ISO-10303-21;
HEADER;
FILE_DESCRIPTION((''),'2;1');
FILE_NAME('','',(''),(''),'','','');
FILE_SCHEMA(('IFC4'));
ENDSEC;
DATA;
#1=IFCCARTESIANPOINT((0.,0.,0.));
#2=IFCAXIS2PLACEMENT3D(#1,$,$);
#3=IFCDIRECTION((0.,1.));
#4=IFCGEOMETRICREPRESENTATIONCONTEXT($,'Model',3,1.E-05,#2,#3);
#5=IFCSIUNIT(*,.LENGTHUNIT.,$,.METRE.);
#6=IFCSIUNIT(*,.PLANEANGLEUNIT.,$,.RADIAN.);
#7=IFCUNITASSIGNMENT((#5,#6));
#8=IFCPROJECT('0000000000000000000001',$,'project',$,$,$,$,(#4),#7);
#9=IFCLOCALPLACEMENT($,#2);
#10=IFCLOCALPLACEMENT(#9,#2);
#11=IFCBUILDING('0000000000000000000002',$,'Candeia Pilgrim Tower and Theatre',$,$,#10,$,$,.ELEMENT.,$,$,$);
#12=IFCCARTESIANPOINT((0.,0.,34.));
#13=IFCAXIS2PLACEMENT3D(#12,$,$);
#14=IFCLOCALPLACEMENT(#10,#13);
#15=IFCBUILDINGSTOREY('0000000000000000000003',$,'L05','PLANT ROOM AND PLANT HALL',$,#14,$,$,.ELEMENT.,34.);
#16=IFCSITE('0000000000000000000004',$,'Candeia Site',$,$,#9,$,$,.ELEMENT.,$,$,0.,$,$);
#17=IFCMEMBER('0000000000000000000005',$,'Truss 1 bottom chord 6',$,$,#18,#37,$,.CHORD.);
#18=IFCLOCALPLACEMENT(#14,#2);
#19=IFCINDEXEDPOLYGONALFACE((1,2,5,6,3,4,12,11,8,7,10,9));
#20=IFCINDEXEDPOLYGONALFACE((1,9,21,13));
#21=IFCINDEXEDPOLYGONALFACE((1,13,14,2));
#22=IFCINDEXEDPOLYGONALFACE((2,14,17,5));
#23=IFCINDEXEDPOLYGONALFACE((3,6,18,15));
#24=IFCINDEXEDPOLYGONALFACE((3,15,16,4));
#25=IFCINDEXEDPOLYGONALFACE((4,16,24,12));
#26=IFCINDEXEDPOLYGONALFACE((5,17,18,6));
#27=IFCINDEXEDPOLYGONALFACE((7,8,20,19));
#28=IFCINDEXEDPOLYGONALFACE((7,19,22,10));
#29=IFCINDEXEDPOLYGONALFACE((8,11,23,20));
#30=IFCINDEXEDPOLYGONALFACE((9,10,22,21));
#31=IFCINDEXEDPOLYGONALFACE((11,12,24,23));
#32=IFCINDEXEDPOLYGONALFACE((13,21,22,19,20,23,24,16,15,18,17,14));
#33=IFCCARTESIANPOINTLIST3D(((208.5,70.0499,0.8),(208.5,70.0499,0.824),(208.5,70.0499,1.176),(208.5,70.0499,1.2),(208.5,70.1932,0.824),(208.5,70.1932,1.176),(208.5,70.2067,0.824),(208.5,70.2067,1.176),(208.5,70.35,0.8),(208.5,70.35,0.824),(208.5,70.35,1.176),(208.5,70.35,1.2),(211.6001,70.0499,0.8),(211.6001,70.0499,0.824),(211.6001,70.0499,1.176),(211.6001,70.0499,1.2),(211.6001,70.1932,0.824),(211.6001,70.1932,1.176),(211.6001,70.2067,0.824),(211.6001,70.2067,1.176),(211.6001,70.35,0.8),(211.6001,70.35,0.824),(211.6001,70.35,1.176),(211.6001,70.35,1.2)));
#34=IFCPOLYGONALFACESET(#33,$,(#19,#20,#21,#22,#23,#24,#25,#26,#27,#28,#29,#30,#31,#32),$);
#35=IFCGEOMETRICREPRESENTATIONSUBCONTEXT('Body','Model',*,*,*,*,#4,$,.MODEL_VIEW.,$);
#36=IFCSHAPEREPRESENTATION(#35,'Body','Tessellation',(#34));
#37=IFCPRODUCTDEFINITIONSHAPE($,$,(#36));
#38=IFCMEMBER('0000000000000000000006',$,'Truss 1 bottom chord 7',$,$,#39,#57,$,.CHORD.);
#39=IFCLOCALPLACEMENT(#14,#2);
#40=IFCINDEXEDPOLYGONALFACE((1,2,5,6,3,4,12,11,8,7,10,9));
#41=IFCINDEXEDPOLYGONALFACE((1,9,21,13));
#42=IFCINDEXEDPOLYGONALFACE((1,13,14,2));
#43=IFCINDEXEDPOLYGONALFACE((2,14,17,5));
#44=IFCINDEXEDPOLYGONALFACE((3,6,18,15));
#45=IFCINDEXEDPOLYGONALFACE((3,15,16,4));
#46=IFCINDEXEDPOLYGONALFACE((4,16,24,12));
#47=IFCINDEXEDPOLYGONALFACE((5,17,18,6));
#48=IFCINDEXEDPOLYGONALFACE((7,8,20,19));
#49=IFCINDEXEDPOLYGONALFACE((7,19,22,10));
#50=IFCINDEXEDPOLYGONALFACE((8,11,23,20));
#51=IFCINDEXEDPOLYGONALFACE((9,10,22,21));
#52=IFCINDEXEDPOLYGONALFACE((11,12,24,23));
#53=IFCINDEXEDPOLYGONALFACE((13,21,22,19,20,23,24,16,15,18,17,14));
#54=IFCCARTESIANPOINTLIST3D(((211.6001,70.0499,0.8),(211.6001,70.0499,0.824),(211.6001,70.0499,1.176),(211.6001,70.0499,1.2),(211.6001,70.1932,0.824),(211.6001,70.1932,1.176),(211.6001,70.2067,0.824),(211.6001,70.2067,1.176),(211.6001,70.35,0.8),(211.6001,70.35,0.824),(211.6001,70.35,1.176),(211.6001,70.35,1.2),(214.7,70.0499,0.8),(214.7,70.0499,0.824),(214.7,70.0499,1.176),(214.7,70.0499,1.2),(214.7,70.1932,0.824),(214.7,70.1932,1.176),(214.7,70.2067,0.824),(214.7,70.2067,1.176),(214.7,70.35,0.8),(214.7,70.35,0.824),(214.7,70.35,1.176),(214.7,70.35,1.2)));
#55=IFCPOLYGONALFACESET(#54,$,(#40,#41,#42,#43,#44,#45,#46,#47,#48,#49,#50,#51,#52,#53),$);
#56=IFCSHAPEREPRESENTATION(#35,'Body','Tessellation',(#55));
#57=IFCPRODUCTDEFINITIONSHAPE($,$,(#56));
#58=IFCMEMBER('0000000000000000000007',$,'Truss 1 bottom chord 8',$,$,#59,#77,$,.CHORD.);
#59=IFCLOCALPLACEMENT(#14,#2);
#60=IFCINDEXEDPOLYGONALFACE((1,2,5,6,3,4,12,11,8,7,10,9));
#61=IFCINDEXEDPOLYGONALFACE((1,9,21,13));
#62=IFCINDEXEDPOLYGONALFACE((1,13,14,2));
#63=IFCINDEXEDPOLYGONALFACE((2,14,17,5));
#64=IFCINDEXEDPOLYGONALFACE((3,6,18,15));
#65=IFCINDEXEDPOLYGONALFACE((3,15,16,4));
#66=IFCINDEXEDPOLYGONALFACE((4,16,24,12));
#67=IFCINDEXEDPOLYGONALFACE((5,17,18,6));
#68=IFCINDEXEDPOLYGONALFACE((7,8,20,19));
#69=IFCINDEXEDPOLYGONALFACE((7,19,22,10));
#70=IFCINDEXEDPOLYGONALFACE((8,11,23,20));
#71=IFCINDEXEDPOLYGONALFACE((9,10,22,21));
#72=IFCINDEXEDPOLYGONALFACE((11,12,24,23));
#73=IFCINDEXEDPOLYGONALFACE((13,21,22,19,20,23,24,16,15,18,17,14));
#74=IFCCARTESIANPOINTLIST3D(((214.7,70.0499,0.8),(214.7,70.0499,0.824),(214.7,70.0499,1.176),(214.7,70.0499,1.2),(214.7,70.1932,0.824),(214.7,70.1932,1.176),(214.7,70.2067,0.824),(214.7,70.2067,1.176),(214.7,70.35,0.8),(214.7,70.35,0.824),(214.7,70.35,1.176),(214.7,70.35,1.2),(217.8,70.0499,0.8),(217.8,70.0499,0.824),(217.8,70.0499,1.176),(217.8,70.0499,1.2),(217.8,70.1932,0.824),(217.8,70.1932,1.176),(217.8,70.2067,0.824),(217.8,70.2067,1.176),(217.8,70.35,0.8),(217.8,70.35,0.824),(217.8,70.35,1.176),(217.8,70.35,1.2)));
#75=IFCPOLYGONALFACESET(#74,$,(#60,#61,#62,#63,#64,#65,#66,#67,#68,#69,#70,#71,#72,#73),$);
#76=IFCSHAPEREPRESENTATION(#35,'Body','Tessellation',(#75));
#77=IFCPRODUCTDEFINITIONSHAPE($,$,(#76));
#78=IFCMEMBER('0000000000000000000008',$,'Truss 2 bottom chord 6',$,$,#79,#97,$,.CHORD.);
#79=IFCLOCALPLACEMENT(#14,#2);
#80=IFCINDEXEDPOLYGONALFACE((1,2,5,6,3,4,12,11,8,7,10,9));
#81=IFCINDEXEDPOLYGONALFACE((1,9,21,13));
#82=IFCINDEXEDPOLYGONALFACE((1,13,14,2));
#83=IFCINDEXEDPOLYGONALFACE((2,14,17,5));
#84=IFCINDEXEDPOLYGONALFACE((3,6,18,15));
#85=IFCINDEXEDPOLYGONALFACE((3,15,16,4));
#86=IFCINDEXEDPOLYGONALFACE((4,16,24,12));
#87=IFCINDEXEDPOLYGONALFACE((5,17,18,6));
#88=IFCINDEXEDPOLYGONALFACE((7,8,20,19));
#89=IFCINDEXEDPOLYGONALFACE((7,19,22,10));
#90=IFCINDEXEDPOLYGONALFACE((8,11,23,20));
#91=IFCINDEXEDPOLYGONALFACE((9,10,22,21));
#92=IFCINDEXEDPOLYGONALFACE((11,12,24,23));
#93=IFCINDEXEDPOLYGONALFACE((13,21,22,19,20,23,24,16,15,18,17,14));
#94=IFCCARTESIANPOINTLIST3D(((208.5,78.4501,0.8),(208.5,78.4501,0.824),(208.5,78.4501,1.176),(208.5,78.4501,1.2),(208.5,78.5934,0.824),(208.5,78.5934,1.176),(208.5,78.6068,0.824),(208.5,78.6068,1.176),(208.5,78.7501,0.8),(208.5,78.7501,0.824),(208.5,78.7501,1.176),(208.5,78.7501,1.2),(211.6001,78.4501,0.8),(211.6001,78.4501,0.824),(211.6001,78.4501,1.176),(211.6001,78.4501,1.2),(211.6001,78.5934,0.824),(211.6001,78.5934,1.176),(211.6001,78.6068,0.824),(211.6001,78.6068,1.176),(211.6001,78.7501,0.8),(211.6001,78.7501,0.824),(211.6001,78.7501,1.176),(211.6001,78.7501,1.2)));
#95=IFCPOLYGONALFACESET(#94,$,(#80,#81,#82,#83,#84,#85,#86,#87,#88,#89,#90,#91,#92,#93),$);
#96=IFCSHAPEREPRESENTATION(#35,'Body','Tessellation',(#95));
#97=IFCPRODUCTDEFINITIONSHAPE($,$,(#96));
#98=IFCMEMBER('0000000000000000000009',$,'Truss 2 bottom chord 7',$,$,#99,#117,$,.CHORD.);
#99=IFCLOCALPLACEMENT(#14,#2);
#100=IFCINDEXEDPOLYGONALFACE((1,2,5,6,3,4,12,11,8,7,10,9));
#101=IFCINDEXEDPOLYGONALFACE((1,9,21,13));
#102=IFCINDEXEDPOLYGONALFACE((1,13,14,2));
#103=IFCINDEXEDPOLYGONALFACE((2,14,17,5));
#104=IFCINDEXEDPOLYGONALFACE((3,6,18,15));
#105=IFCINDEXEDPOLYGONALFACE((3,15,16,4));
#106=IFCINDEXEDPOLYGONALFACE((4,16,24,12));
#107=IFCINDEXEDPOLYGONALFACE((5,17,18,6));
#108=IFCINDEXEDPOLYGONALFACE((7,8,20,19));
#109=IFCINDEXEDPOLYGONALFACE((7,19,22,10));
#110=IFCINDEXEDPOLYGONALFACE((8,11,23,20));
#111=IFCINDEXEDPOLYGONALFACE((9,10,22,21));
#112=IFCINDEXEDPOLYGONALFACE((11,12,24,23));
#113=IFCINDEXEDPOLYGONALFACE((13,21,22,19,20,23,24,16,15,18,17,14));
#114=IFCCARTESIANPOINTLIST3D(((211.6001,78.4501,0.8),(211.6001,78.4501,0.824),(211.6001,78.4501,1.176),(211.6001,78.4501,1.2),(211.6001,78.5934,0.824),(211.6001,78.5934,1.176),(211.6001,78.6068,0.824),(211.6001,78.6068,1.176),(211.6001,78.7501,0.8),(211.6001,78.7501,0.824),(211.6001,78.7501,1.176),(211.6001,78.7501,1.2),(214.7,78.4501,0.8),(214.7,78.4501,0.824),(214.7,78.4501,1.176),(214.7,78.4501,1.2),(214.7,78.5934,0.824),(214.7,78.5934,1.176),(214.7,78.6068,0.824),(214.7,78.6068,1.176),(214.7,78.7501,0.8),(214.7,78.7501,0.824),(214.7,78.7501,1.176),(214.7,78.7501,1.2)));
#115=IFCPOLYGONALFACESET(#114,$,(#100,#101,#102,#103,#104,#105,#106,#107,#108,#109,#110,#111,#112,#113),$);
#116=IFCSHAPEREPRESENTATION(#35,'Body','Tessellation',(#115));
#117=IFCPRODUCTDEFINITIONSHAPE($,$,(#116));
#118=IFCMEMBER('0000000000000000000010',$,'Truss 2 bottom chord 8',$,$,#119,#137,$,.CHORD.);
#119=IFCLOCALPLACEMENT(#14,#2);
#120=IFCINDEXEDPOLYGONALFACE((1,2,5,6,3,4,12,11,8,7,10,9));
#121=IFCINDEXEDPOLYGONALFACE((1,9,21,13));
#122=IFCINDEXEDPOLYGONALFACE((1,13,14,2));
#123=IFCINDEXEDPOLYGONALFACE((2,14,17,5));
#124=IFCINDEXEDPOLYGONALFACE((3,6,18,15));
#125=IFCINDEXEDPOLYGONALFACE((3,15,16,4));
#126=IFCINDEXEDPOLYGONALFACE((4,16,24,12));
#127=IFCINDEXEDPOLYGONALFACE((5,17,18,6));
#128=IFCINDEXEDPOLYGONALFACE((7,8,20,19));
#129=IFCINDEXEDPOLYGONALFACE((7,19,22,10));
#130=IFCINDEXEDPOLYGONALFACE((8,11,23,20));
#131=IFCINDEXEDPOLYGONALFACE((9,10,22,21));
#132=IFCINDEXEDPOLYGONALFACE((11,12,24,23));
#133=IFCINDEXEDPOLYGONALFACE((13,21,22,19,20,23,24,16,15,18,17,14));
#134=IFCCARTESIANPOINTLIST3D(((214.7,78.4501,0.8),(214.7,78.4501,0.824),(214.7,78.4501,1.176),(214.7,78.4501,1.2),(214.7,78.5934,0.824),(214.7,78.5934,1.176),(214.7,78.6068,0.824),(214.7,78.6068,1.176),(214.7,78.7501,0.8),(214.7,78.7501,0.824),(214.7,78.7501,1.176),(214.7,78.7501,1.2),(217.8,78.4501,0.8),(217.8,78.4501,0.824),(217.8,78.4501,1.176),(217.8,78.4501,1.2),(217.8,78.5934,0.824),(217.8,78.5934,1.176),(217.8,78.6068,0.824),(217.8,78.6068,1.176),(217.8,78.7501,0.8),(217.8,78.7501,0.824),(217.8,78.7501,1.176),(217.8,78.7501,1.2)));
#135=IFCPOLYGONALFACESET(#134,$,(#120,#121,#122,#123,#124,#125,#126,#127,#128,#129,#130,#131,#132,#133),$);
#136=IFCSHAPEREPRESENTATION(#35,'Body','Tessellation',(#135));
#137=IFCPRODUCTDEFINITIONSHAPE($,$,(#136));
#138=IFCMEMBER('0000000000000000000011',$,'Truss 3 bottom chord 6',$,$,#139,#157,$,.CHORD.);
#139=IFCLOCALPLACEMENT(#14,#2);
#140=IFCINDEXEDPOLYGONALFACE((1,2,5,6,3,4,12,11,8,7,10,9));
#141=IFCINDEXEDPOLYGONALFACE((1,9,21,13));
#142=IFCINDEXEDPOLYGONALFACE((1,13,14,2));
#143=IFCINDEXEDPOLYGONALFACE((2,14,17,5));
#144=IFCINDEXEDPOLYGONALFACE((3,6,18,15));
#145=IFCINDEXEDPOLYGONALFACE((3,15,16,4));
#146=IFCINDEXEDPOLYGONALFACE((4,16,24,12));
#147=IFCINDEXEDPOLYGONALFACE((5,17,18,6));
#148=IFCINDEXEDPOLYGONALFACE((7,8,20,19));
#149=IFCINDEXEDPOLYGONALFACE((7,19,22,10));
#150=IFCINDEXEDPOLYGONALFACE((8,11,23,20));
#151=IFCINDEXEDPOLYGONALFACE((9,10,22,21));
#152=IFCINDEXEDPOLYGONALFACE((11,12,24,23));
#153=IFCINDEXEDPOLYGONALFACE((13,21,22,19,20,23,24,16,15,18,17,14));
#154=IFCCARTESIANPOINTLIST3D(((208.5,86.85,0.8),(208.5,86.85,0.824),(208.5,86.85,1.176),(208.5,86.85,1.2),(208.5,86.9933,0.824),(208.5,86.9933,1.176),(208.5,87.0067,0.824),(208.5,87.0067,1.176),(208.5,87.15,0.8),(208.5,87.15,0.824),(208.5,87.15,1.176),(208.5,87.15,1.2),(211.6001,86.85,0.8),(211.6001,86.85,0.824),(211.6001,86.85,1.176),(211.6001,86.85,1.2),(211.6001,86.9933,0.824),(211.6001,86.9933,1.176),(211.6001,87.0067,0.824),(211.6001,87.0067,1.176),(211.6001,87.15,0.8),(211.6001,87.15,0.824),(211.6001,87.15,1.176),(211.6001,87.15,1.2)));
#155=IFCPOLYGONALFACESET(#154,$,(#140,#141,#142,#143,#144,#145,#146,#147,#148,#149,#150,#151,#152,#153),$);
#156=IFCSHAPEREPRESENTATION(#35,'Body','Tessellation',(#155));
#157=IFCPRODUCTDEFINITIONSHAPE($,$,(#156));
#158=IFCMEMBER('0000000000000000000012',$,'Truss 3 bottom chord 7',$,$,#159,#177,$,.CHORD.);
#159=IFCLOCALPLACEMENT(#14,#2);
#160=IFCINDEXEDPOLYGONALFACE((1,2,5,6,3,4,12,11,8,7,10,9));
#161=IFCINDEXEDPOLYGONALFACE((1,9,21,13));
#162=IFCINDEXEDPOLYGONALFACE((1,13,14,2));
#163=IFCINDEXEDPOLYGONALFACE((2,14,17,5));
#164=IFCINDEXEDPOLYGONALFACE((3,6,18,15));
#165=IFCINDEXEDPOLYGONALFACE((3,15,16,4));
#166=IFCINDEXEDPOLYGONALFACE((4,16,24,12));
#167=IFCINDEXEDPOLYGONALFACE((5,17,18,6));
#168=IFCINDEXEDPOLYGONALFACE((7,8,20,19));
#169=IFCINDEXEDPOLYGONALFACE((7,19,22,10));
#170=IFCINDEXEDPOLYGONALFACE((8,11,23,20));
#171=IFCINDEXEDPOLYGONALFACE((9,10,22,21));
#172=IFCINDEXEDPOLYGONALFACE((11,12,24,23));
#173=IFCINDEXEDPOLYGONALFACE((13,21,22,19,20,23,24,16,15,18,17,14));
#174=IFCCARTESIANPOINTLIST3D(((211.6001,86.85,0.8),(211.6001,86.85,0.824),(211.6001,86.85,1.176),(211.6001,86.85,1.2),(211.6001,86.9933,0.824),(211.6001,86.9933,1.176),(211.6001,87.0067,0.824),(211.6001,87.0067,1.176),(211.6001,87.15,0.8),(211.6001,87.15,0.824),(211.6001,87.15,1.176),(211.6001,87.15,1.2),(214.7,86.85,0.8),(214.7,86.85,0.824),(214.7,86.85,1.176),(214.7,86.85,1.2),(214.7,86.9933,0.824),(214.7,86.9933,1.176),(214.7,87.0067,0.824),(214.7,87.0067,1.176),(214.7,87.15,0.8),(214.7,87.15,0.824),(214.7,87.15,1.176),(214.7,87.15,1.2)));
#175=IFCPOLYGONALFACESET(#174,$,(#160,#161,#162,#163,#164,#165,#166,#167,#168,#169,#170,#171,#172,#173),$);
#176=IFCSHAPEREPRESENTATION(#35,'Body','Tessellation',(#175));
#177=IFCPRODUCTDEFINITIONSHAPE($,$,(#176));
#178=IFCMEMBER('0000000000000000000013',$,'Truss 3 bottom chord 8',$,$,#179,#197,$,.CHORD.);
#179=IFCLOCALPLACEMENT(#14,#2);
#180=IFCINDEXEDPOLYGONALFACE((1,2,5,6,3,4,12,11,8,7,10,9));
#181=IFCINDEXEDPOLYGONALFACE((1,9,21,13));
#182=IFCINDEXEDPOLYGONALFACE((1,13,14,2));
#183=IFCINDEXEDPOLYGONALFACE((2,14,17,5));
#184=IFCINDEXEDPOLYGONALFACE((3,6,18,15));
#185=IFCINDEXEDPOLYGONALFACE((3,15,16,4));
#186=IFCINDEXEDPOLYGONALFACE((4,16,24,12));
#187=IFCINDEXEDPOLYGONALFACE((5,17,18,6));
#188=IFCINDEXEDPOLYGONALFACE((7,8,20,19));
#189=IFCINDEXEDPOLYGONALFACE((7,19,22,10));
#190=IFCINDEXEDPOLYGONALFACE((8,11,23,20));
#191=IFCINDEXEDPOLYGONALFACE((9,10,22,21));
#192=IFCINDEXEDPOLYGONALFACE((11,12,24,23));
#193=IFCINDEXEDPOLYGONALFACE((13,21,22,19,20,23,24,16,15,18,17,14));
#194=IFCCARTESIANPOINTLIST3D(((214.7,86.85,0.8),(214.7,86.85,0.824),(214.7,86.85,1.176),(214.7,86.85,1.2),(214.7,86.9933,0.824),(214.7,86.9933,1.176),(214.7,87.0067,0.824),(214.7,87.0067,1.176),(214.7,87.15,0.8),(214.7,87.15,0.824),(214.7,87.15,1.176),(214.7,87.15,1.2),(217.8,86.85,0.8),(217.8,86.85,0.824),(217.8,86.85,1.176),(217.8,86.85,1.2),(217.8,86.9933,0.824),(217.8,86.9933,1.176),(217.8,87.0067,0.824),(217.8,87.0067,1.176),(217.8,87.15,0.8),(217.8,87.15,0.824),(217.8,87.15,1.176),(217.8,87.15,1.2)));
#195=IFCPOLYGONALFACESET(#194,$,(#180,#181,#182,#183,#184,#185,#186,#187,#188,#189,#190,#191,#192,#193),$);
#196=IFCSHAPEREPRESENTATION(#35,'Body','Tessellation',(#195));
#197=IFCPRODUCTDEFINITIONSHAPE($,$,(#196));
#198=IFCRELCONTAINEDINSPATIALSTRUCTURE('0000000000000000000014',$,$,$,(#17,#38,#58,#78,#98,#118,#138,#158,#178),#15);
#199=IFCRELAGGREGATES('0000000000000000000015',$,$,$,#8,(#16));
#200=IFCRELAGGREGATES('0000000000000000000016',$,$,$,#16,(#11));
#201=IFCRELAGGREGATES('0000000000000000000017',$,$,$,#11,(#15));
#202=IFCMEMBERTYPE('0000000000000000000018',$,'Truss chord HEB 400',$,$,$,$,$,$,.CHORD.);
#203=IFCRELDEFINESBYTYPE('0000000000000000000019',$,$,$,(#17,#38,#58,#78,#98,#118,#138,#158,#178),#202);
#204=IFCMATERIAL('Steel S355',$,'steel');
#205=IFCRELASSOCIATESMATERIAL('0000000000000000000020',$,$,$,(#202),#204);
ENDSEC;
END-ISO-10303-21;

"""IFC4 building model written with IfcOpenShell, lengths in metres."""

from ifc_helpers import new_model, si_unit, direction, frame, origin, origin_2d, place, context, subcontext, project, spatial, i_section, extrude, material, material_profile, profile_set, type_object, element, save


model = new_model("IFC4")

# Units and contexts
model_context = context("Model", 3, precision=1e-05, world=origin(), true_north=direction((0.0, 1.0)))
body_context = subcontext(model_context, "Body", "Model", "MODEL_VIEW")
ifc_project = project(units=[si_unit("LENGTHUNIT", "METRE"), si_unit("PLANEANGLEUNIT", "RADIAN")], contexts=[model_context])

# Site, building, storey
site_placement = place(None, origin())
site = spatial("IfcSite", under=ifc_project, at=site_placement, Name="Candeia Site", CompositionType="ELEMENT", RefElevation=0.0)
building_placement = place(site_placement, origin())
building = spatial("IfcBuilding", under=site, at=building_placement, Name="Candeia Pilgrim Tower and Theatre", CompositionType="ELEMENT")
storey_placement = place(building_placement, frame((0.0, 0.0, 34.0)))
storey = spatial("IfcBuildingStorey", under=building, at=storey_placement, Name="L05", Description="PLANT ROOM AND PLANT HALL", CompositionType="ELEMENT", Elevation=34.0)

# Members
ifc_material = material(Name="Steel S355", Category="steel")
ifc_material_profile_1 = material_profile(ifc_material, i_section(OverallWidth=0.3, OverallDepth=0.3999, WebThickness=0.0134, FlangeThickness=0.0239, at=origin_2d()))
ifc_profile_set_1 = profile_set([ifc_material_profile_1], Name="Steel S355")
member_type_1 = type_object("IfcMemberType", Name="Truss chord HEB 400", PredefinedType="CHORD", material=ifc_profile_set_1)
member_1_placement = place(storey_placement, frame((208.5, 70.2, 1.0), z_axis=(1.0, 0.0, 0.0), x_axis=(0.0, 1.0, 0.0)))
element("IfcMember", 1, at=member_1_placement, inside=storey, type_object=member_type_1, Name="Truss 1 bottom chord 6", PredefinedType="CHORD", context=body_context, shape_type="SweptSolid", body=[
    extrude(i_section(OverallWidth=0.3, OverallDepth=0.3999, WebThickness=0.0134, FlangeThickness=0.0239, at=origin_2d()), origin(), (0.0, 0.0, 1.0), 3.1001),
])
member_2_placement = place(storey_placement, frame((211.6001, 70.2, 1.0), z_axis=(1.0, 0.0, 0.0), x_axis=(0.0, 1.0, 0.0)))
element("IfcMember", 2, at=member_2_placement, inside=storey, type_object=member_type_1, Name="Truss 1 bottom chord 7", PredefinedType="CHORD", context=body_context, shape_type="SweptSolid", body=[
    extrude(i_section(OverallWidth=0.3, OverallDepth=0.3999, WebThickness=0.0134, FlangeThickness=0.0239, at=origin_2d()), origin(), (0.0, 0.0, 1.0), 3.0999),
])
for number, where, z_axis, x_axis, name in (
    (3, (214.7, 70.2, 1.0), (1.0, 0.0, 0.0), (0.0, 1.0, 0.0), "Truss 1 bottom chord 8"),
    (4, (208.5, 78.6001, 1.0), (1.0, 0.0, 0.0), (0.0, 1.0, 0.0), "Truss 2 bottom chord 6"),
):
    element("IfcMember", number, at=place(storey_placement, frame(where, z_axis=z_axis, x_axis=x_axis)), inside=storey, type_object=member_type_1, Name=name, PredefinedType="CHORD", context=body_context, shape_type="SweptSolid", body=[
        extrude(i_section(OverallWidth=0.3, OverallDepth=0.3999, WebThickness=0.0134, FlangeThickness=0.0239, at=origin_2d()), origin(), (0.0, 0.0, 1.0), 3.1001),
    ])
member_3_placement = place(storey_placement, frame((211.6001, 78.6001, 1.0), z_axis=(1.0, 0.0, 0.0), x_axis=(0.0, 1.0, 0.0)))
element("IfcMember", 5, at=member_3_placement, inside=storey, type_object=member_type_1, Name="Truss 2 bottom chord 7", PredefinedType="CHORD", context=body_context, shape_type="SweptSolid", body=[
    extrude(i_section(OverallWidth=0.3, OverallDepth=0.3999, WebThickness=0.0134, FlangeThickness=0.0239, at=origin_2d()), origin(), (0.0, 0.0, 1.0), 3.0999),
])
for number, where, z_axis, x_axis, name in (
    (6, (214.7, 78.6001, 1.0), (1.0, 0.0, 0.0), (0.0, 1.0, 0.0), "Truss 2 bottom chord 8"),
    (7, (208.5, 87.0, 1.0), (1.0, 0.0, 0.0), (0.0, 1.0, 0.0), "Truss 3 bottom chord 6"),
):
    element("IfcMember", number, at=place(storey_placement, frame(where, z_axis=z_axis, x_axis=x_axis)), inside=storey, type_object=member_type_1, Name=name, PredefinedType="CHORD", context=body_context, shape_type="SweptSolid", body=[
        extrude(i_section(OverallWidth=0.3, OverallDepth=0.3999, WebThickness=0.0134, FlangeThickness=0.0239, at=origin_2d()), origin(), (0.0, 0.0, 1.0), 3.1001),
    ])
member_4_placement = place(storey_placement, frame((211.6001, 87.0, 1.0), z_axis=(1.0, 0.0, 0.0), x_axis=(0.0, 1.0, 0.0)))
element("IfcMember", 8, at=member_4_placement, inside=storey, type_object=member_type_1, Name="Truss 3 bottom chord 7", PredefinedType="CHORD", context=body_context, shape_type="SweptSolid", body=[
    extrude(i_section(OverallWidth=0.3, OverallDepth=0.3999, WebThickness=0.0134, FlangeThickness=0.0239, at=origin_2d()), origin(), (0.0, 0.0, 1.0), 3.0999),
])
member_5_placement = place(storey_placement, frame((214.7, 87.0, 1.0), z_axis=(1.0, 0.0, 0.0), x_axis=(0.0, 1.0, 0.0)))
element("IfcMember", 9, at=member_5_placement, inside=storey, type_object=member_type_1, Name="Truss 3 bottom chord 8", PredefinedType="CHORD", context=body_context, shape_type="SweptSolid", body=[
    extrude(i_section(OverallWidth=0.3, OverallDepth=0.3999, WebThickness=0.0134, FlangeThickness=0.0239, at=origin_2d()), origin(), (0.0, 0.0, 1.0), 3.1001),
])

save(model, "model.ifc")
